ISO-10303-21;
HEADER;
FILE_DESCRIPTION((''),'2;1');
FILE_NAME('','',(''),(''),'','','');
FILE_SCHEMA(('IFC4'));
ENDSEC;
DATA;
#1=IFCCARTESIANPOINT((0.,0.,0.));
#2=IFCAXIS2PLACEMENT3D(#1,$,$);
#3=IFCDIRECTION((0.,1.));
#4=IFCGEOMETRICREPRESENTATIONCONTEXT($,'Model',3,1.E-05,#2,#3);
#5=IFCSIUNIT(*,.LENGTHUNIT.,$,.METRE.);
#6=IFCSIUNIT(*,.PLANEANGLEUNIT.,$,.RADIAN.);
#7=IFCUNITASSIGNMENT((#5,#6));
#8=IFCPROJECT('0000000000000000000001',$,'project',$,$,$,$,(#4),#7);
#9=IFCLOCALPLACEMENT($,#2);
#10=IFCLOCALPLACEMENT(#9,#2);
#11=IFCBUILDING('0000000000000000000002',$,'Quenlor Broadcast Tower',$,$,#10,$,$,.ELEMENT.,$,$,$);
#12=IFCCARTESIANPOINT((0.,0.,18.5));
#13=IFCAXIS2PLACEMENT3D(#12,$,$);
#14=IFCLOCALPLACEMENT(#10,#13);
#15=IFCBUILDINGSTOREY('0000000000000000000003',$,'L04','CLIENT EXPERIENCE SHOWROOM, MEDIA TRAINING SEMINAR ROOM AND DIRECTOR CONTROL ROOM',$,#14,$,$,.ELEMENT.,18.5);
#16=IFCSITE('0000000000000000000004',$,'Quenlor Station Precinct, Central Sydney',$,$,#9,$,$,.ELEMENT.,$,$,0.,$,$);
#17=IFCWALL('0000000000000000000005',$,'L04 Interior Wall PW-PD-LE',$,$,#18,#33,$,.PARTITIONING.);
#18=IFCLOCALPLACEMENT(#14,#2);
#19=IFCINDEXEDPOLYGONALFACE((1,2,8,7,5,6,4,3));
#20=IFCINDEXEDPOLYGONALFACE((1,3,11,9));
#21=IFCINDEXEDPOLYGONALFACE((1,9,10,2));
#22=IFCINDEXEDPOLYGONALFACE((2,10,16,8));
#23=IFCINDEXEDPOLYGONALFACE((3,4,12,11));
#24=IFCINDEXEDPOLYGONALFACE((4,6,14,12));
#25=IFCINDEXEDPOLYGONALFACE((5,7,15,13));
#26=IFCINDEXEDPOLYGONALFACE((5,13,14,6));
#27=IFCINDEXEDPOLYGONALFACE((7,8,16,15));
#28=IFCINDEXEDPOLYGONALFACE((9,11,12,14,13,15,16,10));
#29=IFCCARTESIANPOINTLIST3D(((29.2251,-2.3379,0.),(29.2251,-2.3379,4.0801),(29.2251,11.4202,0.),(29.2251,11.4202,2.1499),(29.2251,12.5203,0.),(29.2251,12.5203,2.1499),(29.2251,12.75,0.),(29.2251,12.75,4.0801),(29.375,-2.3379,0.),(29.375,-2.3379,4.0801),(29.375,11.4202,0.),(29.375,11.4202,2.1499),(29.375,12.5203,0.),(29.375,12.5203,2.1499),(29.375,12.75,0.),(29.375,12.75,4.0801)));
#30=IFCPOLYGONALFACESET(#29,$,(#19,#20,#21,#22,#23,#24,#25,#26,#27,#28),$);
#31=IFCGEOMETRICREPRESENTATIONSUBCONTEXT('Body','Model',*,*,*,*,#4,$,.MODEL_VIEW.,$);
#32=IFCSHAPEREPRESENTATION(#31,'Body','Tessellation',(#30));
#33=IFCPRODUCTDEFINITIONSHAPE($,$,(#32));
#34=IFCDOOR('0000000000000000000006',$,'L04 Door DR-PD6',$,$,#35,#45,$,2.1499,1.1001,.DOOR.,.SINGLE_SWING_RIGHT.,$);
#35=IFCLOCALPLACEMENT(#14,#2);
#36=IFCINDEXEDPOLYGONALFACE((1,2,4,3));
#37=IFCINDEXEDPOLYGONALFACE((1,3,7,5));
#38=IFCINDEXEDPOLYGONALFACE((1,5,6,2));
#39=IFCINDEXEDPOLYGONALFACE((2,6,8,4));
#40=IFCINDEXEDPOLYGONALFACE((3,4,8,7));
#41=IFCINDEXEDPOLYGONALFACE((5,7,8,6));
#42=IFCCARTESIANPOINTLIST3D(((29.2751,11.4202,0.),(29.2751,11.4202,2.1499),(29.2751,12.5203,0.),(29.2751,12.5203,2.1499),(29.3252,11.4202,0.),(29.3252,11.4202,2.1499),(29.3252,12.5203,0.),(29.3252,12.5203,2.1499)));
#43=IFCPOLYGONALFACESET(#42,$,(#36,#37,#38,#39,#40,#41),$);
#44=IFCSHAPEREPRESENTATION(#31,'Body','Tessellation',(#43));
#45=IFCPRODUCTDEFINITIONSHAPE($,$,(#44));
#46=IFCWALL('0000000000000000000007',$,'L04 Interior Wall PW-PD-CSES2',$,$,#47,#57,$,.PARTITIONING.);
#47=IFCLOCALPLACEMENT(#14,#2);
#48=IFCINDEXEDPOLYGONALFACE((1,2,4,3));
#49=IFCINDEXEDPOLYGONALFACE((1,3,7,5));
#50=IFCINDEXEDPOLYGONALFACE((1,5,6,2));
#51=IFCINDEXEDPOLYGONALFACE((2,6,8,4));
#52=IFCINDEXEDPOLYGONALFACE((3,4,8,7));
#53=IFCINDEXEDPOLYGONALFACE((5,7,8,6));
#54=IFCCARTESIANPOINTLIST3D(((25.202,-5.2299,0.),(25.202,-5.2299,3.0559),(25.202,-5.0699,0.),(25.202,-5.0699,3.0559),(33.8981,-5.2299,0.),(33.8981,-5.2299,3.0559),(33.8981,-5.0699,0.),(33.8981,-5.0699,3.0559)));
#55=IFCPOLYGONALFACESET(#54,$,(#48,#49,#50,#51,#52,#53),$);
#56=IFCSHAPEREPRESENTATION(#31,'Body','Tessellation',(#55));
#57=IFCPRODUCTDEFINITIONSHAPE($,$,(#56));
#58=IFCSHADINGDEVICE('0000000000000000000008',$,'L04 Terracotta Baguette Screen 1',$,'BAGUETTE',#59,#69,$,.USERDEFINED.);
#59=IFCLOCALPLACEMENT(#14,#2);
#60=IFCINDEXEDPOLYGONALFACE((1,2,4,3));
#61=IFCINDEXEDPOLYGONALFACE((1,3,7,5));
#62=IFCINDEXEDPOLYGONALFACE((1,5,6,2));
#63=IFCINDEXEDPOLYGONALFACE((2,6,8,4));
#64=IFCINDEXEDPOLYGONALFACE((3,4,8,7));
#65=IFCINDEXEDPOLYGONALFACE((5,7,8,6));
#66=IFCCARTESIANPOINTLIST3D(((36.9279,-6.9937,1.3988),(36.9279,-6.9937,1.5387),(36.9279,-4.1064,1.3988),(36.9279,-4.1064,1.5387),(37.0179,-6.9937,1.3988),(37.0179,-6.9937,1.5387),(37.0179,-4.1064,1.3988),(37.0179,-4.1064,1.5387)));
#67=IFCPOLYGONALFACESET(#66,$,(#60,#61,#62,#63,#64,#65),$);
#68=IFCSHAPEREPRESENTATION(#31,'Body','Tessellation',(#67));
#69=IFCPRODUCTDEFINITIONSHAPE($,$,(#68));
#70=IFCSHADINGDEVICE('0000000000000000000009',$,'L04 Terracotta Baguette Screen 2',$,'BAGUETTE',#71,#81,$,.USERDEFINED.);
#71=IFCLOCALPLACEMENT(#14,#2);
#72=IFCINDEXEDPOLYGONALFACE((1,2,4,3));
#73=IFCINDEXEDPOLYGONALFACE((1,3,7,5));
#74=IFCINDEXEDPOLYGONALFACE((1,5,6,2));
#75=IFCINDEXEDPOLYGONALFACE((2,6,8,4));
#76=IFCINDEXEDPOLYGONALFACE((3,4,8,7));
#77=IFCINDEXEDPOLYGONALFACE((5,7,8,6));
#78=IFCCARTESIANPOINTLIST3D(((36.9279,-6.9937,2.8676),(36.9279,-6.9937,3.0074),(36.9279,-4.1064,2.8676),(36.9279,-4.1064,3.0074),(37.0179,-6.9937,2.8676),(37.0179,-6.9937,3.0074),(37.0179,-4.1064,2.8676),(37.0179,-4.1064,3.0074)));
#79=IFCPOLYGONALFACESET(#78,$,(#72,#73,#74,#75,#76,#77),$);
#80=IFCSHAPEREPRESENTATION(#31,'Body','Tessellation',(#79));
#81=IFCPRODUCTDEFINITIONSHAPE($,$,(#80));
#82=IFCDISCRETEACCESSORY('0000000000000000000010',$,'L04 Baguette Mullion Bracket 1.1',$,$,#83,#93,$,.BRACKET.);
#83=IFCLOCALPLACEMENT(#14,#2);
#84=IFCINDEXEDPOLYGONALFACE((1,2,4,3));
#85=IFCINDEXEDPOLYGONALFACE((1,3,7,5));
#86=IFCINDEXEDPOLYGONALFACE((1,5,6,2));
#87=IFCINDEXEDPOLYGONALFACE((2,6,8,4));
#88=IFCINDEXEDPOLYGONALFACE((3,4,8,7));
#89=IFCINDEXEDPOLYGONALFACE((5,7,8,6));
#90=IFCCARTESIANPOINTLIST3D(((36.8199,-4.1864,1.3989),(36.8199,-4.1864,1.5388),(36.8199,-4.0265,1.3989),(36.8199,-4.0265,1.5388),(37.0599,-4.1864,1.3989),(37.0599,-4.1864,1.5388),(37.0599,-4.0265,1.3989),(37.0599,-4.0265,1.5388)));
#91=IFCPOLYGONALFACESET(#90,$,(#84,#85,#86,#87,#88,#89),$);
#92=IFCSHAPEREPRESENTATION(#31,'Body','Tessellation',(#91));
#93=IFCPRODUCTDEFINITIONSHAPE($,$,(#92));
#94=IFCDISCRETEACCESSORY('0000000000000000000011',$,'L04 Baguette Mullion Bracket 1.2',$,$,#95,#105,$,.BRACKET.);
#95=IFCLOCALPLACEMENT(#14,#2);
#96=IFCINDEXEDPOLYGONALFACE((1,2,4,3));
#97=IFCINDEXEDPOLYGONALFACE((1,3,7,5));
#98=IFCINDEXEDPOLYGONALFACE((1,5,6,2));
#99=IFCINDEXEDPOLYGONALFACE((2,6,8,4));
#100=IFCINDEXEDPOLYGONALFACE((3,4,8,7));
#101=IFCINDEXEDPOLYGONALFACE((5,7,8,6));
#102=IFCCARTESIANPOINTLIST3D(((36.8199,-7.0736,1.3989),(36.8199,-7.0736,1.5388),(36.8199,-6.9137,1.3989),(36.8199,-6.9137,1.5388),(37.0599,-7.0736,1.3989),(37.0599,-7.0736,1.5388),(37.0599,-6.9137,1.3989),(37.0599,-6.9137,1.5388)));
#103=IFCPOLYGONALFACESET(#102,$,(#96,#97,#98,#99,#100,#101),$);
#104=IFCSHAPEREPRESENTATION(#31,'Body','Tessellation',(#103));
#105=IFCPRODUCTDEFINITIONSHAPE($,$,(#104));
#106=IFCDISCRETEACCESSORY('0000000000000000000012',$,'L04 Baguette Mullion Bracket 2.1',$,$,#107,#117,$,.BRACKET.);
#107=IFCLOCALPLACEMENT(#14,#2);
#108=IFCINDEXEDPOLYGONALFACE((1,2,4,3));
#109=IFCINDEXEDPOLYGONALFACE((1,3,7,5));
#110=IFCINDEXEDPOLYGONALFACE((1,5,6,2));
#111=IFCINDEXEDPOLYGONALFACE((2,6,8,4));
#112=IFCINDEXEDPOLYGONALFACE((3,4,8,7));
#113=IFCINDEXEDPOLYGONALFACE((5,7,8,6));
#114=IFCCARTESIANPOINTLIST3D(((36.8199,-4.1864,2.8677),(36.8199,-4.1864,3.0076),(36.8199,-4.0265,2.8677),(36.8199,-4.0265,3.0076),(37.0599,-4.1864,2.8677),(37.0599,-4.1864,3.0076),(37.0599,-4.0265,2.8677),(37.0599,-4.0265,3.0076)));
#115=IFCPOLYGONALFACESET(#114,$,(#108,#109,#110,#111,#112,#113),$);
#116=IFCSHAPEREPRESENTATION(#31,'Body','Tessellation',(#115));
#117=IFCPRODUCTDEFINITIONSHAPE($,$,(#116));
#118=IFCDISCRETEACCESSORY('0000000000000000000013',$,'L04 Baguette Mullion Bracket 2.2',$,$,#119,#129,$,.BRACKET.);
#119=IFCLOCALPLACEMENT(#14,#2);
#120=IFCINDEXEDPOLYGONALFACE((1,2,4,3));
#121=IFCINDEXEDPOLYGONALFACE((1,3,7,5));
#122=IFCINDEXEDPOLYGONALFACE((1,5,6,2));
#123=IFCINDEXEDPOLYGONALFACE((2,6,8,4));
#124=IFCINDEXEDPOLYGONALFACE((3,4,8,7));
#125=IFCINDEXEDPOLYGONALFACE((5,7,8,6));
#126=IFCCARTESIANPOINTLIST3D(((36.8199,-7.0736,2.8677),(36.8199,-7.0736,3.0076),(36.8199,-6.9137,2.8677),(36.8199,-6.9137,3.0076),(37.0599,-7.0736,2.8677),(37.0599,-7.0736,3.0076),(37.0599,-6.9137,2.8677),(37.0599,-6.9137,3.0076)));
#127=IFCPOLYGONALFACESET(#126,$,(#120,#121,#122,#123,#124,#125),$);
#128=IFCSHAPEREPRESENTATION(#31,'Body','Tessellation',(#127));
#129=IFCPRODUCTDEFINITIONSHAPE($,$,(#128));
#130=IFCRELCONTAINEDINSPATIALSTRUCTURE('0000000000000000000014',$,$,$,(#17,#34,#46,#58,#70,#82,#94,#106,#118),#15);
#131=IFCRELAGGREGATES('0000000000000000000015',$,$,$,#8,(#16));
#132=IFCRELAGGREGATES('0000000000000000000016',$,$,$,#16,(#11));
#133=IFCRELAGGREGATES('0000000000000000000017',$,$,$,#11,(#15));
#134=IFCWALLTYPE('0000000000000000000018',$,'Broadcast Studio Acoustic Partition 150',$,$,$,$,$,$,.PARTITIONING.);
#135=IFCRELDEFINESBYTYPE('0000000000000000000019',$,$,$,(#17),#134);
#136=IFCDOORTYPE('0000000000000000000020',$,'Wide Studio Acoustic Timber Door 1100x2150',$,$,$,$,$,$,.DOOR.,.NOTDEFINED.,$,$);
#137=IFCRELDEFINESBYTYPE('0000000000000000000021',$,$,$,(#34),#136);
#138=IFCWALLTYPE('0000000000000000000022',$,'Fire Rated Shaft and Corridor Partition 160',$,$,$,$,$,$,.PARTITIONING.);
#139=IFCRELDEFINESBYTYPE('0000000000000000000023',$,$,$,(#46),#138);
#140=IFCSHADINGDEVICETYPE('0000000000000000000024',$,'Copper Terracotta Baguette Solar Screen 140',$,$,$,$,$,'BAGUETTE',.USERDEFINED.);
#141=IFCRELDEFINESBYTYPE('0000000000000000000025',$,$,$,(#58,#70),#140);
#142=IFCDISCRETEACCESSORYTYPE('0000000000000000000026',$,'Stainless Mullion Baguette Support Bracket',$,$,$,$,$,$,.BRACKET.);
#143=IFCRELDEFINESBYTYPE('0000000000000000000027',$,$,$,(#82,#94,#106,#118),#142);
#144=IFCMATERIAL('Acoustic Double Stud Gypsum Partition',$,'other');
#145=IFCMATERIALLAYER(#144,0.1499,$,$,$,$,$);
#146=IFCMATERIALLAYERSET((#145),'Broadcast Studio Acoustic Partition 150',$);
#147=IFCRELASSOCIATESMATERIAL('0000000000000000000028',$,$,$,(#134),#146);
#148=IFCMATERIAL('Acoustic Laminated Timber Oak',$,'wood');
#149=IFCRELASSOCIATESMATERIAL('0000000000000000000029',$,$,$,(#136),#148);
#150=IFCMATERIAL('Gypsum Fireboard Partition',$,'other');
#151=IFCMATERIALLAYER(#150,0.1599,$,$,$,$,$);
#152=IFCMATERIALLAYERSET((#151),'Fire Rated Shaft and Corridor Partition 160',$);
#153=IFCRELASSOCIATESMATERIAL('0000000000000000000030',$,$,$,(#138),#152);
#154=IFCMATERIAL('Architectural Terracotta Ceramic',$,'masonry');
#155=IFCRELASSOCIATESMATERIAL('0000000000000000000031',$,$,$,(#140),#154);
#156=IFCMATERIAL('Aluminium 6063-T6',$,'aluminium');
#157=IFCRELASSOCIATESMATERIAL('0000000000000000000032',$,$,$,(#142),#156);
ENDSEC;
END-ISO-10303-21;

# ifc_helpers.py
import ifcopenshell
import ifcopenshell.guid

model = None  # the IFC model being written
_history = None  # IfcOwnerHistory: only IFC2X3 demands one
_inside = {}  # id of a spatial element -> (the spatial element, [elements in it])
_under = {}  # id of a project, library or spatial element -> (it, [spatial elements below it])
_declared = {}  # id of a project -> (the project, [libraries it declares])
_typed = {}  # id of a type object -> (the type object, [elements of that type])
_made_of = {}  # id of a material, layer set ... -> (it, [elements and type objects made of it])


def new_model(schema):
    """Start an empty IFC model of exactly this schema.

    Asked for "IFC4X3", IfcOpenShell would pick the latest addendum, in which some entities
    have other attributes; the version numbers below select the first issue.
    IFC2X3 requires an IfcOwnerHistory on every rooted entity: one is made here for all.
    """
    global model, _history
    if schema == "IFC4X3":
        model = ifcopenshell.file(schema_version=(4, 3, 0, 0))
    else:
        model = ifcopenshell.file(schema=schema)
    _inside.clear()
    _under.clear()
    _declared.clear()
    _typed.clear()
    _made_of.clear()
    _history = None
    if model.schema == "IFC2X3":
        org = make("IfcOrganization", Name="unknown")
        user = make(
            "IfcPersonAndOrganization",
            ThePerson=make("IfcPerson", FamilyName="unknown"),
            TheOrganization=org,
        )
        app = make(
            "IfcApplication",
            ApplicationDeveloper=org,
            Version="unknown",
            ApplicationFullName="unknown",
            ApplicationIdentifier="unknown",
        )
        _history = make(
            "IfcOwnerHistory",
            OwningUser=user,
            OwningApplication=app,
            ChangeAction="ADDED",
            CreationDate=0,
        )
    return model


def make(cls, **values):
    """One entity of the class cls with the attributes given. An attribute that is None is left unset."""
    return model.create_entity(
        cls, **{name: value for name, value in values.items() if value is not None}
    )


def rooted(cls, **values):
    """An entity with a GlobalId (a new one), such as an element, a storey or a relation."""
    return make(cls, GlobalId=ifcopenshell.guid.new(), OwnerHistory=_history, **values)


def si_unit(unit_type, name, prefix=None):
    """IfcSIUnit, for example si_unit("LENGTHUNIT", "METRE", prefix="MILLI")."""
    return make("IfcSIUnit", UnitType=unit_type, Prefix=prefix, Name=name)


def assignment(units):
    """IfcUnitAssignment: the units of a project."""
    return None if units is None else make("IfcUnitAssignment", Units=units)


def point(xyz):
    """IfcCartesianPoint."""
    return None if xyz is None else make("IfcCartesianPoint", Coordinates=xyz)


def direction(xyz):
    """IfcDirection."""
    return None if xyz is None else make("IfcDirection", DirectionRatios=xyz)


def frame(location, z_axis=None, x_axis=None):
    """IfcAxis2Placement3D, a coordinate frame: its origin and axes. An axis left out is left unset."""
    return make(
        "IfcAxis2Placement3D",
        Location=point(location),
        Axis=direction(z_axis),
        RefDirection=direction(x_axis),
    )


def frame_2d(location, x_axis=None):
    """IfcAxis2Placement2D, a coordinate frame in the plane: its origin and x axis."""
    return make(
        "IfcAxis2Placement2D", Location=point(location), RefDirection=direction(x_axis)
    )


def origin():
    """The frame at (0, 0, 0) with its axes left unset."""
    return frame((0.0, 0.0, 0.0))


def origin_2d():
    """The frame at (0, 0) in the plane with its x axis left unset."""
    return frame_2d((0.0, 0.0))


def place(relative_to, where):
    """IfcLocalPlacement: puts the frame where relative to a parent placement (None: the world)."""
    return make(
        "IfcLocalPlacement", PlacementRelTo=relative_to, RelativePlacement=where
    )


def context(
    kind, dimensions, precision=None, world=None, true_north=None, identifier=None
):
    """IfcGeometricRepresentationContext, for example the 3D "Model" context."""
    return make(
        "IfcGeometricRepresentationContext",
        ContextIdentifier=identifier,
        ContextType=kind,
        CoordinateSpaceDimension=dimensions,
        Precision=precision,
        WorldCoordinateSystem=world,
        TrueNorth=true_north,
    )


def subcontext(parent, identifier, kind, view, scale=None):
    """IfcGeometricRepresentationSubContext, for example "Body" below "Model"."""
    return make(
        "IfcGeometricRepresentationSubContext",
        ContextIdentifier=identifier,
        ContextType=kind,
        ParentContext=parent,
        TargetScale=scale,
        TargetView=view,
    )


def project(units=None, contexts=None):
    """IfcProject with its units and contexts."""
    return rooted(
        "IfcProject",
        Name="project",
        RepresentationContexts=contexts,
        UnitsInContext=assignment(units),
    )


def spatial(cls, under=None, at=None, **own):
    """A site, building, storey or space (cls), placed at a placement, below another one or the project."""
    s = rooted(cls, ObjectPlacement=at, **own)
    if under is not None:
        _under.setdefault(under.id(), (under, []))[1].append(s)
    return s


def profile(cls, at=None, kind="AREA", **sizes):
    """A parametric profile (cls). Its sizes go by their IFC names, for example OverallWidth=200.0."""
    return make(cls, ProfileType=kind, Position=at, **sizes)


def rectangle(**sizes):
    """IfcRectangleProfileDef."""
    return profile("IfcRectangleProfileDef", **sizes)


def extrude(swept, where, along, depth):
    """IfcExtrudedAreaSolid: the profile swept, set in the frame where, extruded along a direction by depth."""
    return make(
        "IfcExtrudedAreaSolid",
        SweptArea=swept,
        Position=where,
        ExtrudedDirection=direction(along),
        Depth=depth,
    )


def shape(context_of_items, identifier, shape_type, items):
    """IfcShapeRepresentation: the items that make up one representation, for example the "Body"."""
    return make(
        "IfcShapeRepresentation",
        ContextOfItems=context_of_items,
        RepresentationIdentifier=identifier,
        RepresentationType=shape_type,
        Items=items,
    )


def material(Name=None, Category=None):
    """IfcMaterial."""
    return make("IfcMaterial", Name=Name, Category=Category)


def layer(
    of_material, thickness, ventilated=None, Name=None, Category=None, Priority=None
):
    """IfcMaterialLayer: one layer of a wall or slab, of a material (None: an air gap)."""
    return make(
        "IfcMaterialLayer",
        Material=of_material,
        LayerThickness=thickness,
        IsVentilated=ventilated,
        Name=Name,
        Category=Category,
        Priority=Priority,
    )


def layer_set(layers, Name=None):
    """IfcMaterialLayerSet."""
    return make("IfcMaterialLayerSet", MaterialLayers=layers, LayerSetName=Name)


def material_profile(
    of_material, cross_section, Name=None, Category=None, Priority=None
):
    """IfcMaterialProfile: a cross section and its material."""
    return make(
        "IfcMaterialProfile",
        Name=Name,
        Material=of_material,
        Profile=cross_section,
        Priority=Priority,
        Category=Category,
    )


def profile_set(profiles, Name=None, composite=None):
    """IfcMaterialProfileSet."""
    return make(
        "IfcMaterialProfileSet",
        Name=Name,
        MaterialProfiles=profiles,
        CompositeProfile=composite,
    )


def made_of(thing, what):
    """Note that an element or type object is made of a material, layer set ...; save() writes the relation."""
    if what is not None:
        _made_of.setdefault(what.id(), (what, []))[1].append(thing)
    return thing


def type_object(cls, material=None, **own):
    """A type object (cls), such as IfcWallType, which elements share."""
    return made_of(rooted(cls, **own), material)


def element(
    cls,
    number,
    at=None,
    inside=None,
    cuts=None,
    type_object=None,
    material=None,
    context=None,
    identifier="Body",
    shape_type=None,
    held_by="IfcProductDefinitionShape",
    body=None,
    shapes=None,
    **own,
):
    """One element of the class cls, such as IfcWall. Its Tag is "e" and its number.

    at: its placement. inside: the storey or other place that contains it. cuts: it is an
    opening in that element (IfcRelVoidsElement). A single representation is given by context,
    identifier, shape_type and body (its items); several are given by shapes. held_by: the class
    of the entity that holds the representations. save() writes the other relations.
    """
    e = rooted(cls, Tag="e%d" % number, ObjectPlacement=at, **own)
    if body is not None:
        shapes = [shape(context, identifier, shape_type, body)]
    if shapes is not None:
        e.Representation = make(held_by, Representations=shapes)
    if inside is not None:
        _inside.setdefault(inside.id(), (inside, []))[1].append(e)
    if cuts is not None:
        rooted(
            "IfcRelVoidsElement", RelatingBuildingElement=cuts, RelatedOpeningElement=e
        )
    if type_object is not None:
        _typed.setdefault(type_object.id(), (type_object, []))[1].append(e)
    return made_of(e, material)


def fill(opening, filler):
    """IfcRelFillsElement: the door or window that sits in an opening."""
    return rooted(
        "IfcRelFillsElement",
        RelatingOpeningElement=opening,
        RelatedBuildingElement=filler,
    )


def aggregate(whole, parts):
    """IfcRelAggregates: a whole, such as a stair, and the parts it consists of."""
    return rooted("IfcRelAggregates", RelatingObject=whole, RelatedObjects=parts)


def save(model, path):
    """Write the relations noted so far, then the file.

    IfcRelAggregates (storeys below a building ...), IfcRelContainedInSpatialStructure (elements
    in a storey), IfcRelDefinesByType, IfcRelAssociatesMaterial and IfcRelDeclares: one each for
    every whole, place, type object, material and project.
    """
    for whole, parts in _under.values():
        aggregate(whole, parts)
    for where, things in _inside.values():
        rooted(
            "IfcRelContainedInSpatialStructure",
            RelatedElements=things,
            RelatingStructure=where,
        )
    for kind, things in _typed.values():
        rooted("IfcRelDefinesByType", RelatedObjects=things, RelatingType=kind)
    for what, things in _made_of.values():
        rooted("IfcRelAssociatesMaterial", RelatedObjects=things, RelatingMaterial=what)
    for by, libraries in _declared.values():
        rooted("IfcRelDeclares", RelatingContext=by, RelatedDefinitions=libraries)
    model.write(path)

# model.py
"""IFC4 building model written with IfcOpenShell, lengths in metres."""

from ifc_helpers import new_model, si_unit, direction, frame, frame_2d, origin, origin_2d, place, context, subcontext, project, spatial, rectangle, extrude, material, layer, layer_set, material_profile, profile_set, type_object, element, fill, save


model = new_model("IFC4")

# Units and contexts
model_context = context("Model", 3, precision=1e-05, world=origin(), true_north=direction((0.0, 1.0)))
body_context = subcontext(model_context, "Body", "Model", "MODEL_VIEW")
ifc_project = project(units=[si_unit("LENGTHUNIT", "METRE"), si_unit("PLANEANGLEUNIT", "RADIAN")], contexts=[model_context])

# Site, building, storey
site_placement = place(None, origin())
site = spatial("IfcSite", under=ifc_project, at=site_placement, Name="Quenlor Station Precinct, Central Sydney", CompositionType="ELEMENT", RefElevation=0.0)
building_placement = place(site_placement, origin())
building = spatial("IfcBuilding", under=site, at=building_placement, Name="Quenlor Broadcast Tower", CompositionType="ELEMENT")
storey_placement = place(building_placement, frame((0.0, 0.0, 18.5)))
storey = spatial("IfcBuildingStorey", under=building, at=storey_placement, Name="L04", Description="CLIENT EXPERIENCE SHOWROOM, MEDIA TRAINING SEMINAR ROOM AND DIRECTOR CONTROL ROOM", CompositionType="ELEMENT", Elevation=18.5)

# Wall, opening, door
ifc_material_1 = material(Name="Acoustic Double Stud Gypsum Partition", Category="other")
ifc_layer_1 = layer(ifc_material_1, 0.1499)
ifc_layer_set_1 = layer_set([ifc_layer_1], Name="Broadcast Studio Acoustic Partition 150")
wall_type_1 = type_object("IfcWallType", Name="Broadcast Studio Acoustic Partition 150", PredefinedType="PARTITIONING", material=ifc_layer_set_1)
wall_1_placement = place(storey_placement, frame((29.3, -2.3379, 0.0), z_axis=(0.0, 0.0, 1.0), x_axis=(0.0, 1.0, 0.0)))
wall_1 = element("IfcWall", 1, at=wall_1_placement, inside=storey, type_object=wall_type_1, Name="L04 Interior Wall PW-PD-LE", PredefinedType="PARTITIONING", context=body_context, shape_type="SweptSolid", body=[
    extrude(rectangle(XDim=15.0879, YDim=0.1499, at=frame_2d((7.5439, 0.0))), origin(), (0.0, 0.0, 1.0), 4.0801),
])
opening_placement = place(wall_1_placement, frame((13.7581, 0.0, 0.0)))
opening = element("IfcOpeningElement", 2, at=opening_placement, cuts=wall_1, PredefinedType="OPENING", context=body_context, shape_type="SweptSolid", body=[
    extrude(rectangle(XDim=1.1001, YDim=2.1499, at=frame_2d((0.55, 1.075))), frame((0.0, 0.085, 0.0), z_axis=(0.0, -1.0, 0.0), x_axis=(1.0, 0.0, 0.0)), (0.0, 0.0, 1.0), 0.1699),
])
ifc_material_2 = material(Name="Acoustic Laminated Timber Oak", Category="wood")
door_type = type_object("IfcDoorType", Name="Wide Studio Acoustic Timber Door 1100x2150", OperationType="NOTDEFINED", PredefinedType="DOOR", material=ifc_material_2)
door_placement = place(opening_placement, origin())
door = element("IfcDoor", 3, at=door_placement, inside=storey, type_object=door_type, Name="L04 Door DR-PD6", OperationType="SINGLE_SWING_RIGHT", OverallHeight=2.1499, OverallWidth=1.1001, PredefinedType="DOOR", context=body_context, shape_type="SweptSolid", body=[
    extrude(rectangle(XDim=1.1001, YDim=2.1499, at=frame_2d((0.55, 1.075))), frame((0.0, 0.0249, 0.0), z_axis=(0.0, -1.0, 0.0), x_axis=(1.0, 0.0, 0.0)), (0.0, 0.0, 1.0), 0.05),
])
fill(opening, door)

# Wall
ifc_material_3 = material(Name="Gypsum Fireboard Partition", Category="other")
ifc_layer_2 = layer(ifc_material_3, 0.1599)
ifc_layer_set_2 = layer_set([ifc_layer_2], Name="Fire Rated Shaft and Corridor Partition 160")
wall_type_2 = type_object("IfcWallType", Name="Fire Rated Shaft and Corridor Partition 160", PredefinedType="PARTITIONING", material=ifc_layer_set_2)
wall_2_placement = place(storey_placement, frame((25.2019, -5.1499, 0.0), z_axis=(0.0, 0.0, 1.0), x_axis=(1.0, 0.0, 0.0)))
element("IfcWall", 4, at=wall_2_placement, inside=storey, type_object=wall_type_2, Name="L04 Interior Wall PW-PD-CSES2", PredefinedType="PARTITIONING", context=body_context, shape_type="SweptSolid", body=[
    extrude(rectangle(XDim=8.696, YDim=0.1599, at=frame_2d((4.3481, 0.0))), origin(), (0.0, 0.0, 1.0), 3.0559),
])

# Shading devices
ifc_material_4 = material(Name="Architectural Terracotta Ceramic", Category="masonry")
ifc_material_profile_1 = material_profile(ifc_material_4, rectangle(XDim=0.0901, YDim=0.1399, at=origin_2d()))
ifc_profile_set_1 = profile_set([ifc_material_profile_1], Name="Architectural Terracotta Ceramic BAG90x140")
shading_device_type = type_object("IfcShadingDeviceType", Name="Copper Terracotta Baguette Solar Screen 140", ElementType="BAGUETTE", PredefinedType="USERDEFINED", material=ifc_profile_set_1)
for number, where, z_axis, x_axis, name in (
    (5, (36.9729, -4.1064, 1.4688), (0.0, -1.0, 0.0), (1.0, 0.0, 0.0), "L04 Terracotta Baguette Screen 1"),
    (6, (36.9729, -4.1064, 2.9375), (0.0, -1.0, 0.0), (1.0, 0.0, 0.0), "L04 Terracotta Baguette Screen 2"),
):
    element("IfcShadingDevice", number, at=place(storey_placement, frame(where, z_axis=z_axis, x_axis=x_axis)), inside=storey, type_object=shading_device_type, Name=name, ObjectType="BAGUETTE", PredefinedType="USERDEFINED", context=body_context, shape_type="SweptSolid", body=[
        extrude(rectangle(XDim=0.0901, YDim=0.1399, at=origin_2d()), origin(), (0.0, 0.0, 1.0), 2.8872),
    ])

# Discrete accessories
ifc_material_5 = material(Name="Aluminium 6063-T6", Category="aluminium")
discrete_accessory_type = type_object("IfcDiscreteAccessoryType", Name="Stainless Mullion Baguette Support Bracket", PredefinedType="BRACKET", material=ifc_material_5)
for number, where, z_axis, x_axis, name in (
    (7, (36.9399, -4.1064, 1.3989), (0.0, 0.0, 1.0), (0.0, -1.0, 0.0), "L04 Baguette Mullion Bracket 1.1"),
    (8, (36.9399, -6.9937, 1.3989), (0.0, 0.0, 1.0), (0.0, -1.0, 0.0), "L04 Baguette Mullion Bracket 1.2"),
    (9, (36.9399, -4.1064, 2.8677), (0.0, 0.0, 1.0), (0.0, -1.0, 0.0), "L04 Baguette Mullion Bracket 2.1"),
    (10, (36.9399, -6.9937, 2.8677), (0.0, 0.0, 1.0), (0.0, -1.0, 0.0), "L04 Baguette Mullion Bracket 2.2"),
):
    element("IfcDiscreteAccessory", number, at=place(storey_placement, frame(where, z_axis=z_axis, x_axis=x_axis)), inside=storey, type_object=discrete_accessory_type, Name=name, PredefinedType="BRACKET", context=body_context, shape_type="SweptSolid", body=[
        extrude(rectangle(XDim=0.1599, YDim=0.24, at=origin_2d()), origin(), (0.0, 0.0, 1.0), 0.1399),
    ])

save(model, "model.ifc")
